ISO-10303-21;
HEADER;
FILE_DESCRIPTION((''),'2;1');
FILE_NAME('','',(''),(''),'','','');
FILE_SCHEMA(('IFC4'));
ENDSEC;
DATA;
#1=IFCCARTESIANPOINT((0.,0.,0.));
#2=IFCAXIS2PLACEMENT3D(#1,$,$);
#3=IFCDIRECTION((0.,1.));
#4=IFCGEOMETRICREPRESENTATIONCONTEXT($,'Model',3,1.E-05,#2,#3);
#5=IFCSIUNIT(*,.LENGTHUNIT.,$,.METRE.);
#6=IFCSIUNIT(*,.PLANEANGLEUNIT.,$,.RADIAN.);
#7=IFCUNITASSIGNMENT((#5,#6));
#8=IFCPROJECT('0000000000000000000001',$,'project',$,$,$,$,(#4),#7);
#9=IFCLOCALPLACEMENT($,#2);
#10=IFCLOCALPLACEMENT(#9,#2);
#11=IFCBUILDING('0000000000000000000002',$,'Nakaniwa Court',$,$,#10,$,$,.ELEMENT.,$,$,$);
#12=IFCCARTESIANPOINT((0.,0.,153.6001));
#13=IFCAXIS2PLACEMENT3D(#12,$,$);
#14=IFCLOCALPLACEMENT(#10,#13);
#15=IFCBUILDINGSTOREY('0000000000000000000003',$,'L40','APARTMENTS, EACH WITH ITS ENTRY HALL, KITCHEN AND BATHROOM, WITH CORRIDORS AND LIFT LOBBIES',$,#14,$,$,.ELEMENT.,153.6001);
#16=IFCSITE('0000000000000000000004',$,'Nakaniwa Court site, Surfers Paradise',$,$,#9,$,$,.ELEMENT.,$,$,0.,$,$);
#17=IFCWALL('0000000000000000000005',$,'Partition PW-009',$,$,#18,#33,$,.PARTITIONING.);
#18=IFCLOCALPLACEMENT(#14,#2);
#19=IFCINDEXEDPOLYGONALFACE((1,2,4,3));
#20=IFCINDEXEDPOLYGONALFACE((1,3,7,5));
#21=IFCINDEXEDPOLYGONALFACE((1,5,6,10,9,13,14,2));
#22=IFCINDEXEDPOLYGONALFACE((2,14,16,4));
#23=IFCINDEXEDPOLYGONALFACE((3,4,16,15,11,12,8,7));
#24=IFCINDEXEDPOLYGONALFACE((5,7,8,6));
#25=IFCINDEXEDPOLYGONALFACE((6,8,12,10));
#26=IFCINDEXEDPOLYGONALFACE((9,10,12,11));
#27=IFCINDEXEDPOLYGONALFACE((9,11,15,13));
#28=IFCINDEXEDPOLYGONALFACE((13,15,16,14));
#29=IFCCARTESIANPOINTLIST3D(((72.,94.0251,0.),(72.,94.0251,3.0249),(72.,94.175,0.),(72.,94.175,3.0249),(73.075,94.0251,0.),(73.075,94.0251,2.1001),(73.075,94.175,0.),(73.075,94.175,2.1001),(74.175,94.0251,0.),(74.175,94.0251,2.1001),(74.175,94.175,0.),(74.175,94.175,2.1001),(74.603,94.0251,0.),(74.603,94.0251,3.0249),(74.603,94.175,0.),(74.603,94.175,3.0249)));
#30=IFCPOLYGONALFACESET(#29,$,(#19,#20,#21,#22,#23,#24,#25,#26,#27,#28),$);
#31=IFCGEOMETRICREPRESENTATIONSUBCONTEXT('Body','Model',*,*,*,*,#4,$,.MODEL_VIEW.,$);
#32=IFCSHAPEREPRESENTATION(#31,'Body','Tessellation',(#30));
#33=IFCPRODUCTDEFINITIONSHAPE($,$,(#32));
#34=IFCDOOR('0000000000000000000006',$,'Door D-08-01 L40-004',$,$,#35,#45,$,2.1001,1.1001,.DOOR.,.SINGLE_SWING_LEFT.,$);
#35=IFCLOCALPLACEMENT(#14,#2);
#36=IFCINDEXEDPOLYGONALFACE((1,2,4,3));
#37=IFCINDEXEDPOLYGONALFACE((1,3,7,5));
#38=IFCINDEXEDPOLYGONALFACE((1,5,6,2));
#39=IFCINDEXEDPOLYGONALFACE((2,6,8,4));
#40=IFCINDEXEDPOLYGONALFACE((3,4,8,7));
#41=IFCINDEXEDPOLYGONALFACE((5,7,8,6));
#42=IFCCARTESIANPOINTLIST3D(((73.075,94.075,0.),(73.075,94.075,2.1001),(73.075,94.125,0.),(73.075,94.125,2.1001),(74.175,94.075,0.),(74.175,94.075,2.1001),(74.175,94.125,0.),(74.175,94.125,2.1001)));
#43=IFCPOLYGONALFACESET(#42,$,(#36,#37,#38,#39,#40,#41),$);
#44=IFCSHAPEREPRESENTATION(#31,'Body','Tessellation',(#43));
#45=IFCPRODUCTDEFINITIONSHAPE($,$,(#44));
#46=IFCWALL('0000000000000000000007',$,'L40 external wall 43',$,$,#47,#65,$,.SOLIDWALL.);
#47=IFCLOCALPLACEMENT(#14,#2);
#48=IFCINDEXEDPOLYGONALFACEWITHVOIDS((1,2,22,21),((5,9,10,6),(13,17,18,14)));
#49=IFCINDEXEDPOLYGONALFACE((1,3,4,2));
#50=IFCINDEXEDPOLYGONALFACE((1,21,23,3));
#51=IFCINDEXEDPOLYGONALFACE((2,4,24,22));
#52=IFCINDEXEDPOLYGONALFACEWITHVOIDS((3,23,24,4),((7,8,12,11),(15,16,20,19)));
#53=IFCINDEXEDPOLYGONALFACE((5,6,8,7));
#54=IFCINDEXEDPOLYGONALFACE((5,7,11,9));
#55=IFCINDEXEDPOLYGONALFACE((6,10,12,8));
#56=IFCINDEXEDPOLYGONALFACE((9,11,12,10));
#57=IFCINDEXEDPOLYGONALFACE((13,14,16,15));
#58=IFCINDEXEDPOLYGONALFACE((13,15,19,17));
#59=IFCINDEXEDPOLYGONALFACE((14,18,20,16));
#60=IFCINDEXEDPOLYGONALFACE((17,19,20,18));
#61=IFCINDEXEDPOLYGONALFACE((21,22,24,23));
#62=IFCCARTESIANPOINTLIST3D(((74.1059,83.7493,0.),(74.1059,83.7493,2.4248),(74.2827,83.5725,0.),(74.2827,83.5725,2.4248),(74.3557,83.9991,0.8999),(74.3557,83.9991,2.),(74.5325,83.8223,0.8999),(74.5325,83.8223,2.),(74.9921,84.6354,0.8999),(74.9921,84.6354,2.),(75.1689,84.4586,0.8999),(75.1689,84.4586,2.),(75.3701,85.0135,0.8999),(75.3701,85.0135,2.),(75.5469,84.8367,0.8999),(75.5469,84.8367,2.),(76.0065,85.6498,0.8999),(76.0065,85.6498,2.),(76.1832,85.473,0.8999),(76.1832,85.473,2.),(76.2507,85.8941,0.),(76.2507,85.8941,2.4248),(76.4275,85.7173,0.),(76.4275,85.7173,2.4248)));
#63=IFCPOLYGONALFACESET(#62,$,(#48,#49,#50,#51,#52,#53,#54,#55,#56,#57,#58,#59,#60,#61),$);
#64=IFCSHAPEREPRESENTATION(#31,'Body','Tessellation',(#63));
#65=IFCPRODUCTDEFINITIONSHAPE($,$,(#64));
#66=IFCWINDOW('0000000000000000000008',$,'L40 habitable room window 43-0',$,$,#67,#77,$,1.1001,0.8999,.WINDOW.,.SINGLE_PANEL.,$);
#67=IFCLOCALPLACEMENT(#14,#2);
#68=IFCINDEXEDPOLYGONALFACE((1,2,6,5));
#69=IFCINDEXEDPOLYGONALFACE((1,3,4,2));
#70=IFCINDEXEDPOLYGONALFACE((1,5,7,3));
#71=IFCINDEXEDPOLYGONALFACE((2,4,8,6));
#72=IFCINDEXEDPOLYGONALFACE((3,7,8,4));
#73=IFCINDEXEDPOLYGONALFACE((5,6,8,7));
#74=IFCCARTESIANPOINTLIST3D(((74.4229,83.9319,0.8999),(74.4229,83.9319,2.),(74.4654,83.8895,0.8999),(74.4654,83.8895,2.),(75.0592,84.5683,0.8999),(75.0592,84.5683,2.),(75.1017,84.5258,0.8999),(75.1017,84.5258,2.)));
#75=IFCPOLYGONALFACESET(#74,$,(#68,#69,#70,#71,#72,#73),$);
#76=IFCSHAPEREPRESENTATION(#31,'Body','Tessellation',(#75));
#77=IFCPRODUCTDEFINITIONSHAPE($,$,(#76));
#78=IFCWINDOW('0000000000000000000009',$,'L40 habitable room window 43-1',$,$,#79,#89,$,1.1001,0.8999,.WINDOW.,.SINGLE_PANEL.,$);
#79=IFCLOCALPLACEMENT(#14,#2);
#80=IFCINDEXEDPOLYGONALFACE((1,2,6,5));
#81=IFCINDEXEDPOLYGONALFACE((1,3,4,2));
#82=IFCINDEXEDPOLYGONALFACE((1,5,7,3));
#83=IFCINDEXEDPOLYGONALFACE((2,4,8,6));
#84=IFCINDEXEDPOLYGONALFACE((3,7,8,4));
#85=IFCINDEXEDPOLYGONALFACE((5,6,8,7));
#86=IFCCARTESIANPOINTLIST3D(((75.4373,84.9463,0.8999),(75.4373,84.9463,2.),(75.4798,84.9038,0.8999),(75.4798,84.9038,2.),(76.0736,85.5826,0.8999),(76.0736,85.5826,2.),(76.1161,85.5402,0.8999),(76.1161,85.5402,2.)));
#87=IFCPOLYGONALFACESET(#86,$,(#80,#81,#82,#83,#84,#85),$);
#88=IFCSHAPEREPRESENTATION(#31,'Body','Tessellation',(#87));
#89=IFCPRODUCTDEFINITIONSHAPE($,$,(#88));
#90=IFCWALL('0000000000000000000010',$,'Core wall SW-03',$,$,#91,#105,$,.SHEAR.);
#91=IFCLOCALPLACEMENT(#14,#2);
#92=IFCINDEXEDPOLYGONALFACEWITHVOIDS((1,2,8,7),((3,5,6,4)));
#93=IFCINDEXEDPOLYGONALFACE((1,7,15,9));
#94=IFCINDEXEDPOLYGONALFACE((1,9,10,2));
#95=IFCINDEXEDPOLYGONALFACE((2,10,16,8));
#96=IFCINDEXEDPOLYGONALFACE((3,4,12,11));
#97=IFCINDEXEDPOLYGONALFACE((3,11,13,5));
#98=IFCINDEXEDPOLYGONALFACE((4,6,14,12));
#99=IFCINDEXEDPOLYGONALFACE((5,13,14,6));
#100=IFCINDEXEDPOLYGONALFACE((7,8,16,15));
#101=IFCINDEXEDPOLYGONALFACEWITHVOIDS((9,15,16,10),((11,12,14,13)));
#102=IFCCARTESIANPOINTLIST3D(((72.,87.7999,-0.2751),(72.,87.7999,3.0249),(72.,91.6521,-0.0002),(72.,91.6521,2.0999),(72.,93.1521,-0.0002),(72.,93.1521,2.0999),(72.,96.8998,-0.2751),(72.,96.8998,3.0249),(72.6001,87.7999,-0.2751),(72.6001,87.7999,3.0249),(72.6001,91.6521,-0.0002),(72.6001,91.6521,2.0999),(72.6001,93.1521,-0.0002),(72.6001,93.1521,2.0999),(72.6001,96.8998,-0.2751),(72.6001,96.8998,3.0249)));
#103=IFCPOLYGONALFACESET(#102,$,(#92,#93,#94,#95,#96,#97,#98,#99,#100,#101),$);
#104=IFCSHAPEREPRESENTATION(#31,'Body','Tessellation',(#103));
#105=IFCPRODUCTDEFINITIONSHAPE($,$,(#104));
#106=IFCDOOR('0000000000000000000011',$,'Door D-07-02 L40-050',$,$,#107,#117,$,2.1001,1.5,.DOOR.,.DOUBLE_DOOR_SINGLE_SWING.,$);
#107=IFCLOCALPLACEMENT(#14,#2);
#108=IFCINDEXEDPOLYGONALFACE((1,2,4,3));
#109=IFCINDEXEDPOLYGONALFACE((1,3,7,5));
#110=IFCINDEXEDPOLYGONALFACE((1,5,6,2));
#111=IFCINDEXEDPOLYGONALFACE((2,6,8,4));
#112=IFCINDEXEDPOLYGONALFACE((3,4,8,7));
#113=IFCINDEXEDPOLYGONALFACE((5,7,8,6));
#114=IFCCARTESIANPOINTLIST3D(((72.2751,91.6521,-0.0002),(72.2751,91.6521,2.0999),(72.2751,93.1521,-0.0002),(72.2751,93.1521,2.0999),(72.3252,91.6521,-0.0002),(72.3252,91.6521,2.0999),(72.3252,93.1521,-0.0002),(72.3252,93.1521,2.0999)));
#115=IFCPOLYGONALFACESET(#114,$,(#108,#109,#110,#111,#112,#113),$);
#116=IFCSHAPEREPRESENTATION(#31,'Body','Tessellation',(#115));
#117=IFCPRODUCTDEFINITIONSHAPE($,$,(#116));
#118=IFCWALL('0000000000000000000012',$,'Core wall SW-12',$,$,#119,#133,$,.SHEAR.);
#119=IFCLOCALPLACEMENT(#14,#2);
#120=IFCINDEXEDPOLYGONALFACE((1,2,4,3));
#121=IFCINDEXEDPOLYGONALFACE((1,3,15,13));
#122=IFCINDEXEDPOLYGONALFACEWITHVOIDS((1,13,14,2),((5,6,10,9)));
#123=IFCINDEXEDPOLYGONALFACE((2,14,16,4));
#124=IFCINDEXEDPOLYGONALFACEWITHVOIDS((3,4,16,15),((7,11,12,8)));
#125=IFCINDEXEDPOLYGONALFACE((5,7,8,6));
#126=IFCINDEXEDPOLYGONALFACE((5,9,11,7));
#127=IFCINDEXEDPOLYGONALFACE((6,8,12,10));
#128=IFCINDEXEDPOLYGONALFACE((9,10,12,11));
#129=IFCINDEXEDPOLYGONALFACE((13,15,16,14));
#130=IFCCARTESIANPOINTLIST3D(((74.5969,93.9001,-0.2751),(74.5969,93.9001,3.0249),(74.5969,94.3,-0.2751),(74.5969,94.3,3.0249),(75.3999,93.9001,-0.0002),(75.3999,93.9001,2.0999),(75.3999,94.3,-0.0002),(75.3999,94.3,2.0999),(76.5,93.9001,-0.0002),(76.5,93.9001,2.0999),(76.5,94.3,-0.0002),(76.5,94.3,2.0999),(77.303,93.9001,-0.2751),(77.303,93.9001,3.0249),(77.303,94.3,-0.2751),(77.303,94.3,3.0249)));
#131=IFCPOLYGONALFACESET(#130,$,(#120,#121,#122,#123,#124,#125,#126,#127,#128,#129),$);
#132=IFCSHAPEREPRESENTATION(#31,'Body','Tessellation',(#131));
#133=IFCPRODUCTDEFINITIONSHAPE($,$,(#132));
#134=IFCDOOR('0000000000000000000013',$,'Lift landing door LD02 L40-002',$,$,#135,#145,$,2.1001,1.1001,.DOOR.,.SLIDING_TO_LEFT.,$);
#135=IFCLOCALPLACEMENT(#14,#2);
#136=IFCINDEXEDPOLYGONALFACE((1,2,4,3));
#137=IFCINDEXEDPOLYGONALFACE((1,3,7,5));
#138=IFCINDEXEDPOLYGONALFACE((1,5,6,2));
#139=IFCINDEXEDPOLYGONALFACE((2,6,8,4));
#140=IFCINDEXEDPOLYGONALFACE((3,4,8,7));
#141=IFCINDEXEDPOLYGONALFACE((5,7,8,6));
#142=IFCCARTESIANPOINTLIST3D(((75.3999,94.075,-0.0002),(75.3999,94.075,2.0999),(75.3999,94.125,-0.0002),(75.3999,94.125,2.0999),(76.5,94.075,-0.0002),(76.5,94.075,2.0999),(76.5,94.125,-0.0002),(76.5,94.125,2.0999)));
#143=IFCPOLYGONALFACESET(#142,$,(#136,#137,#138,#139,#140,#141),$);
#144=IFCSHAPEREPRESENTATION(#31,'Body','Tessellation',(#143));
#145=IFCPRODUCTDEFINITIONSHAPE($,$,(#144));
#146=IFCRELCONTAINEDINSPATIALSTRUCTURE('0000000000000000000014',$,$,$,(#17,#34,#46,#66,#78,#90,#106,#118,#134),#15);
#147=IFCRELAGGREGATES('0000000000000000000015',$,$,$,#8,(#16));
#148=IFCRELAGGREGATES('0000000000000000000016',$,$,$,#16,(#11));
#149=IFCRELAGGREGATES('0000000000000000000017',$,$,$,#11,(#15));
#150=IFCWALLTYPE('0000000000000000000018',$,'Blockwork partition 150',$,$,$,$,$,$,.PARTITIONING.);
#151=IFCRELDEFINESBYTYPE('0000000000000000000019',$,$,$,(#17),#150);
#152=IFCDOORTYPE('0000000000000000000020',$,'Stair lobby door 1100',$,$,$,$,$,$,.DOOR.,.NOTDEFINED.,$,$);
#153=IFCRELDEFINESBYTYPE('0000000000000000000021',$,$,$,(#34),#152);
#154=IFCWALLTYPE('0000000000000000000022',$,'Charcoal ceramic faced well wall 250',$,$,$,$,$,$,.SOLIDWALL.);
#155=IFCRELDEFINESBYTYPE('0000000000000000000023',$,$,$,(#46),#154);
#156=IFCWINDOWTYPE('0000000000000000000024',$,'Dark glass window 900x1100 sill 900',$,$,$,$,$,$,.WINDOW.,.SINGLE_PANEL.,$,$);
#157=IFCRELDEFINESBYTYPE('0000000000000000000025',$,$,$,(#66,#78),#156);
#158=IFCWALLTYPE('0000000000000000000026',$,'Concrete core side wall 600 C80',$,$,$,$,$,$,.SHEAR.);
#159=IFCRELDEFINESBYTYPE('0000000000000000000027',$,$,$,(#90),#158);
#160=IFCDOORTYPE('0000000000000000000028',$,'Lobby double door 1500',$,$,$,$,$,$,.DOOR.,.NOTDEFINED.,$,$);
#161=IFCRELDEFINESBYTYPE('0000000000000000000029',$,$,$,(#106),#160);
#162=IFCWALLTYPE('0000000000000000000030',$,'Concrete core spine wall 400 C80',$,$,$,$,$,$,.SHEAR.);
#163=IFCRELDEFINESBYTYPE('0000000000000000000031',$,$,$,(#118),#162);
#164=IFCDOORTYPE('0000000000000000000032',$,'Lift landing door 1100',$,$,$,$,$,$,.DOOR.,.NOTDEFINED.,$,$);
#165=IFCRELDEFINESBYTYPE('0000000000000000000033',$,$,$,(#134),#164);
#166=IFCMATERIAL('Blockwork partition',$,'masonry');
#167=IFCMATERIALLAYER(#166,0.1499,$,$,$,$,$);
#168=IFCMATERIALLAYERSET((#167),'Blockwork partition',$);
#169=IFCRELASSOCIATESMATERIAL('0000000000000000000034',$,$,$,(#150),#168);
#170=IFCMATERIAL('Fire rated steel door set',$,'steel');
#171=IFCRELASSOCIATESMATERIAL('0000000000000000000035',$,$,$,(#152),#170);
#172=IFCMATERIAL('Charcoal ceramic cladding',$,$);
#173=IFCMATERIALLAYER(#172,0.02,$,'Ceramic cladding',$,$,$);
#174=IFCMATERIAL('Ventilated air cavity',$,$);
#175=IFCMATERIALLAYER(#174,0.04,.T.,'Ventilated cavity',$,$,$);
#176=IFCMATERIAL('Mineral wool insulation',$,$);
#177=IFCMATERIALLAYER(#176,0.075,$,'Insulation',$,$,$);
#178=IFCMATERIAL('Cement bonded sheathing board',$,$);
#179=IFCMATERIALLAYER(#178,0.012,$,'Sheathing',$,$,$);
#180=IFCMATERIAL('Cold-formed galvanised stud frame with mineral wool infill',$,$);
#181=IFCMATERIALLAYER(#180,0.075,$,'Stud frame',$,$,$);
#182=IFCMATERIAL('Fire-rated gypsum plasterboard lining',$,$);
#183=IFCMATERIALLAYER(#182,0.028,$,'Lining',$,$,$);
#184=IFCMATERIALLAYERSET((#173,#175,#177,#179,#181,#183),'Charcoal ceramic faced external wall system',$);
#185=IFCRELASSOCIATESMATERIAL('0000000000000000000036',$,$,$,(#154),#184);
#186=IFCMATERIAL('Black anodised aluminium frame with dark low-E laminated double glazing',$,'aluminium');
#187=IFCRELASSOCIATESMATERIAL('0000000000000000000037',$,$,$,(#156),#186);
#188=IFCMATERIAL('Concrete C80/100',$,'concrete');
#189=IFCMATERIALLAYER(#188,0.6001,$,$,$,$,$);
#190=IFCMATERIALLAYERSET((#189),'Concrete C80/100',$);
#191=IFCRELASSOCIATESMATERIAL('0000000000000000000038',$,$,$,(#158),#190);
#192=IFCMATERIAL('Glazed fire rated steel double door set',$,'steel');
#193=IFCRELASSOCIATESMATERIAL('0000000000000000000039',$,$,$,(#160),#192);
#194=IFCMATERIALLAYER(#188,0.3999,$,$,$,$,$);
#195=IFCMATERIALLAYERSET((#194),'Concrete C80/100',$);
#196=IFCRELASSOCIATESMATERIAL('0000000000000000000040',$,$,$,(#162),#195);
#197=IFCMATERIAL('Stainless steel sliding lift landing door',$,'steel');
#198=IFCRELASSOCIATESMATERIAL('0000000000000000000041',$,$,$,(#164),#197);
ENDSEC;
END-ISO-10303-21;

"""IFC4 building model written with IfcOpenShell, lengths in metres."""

from ifc_helpers import new_model, si_unit, direction, frame, frame_2d, origin, place, context, subcontext, project, spatial, rectangle, extrude, material, layer, layer_set, type_object, element, fill, save


model = new_model("IFC4")

# Units and contexts
model_context = context("Model", 3, precision=1e-05, world=origin(), true_north=direction((0.0, 1.0)))
body_context = subcontext(model_context, "Body", "Model", "MODEL_VIEW")
ifc_project = project(units=[si_unit("LENGTHUNIT", "METRE"), si_unit("PLANEANGLEUNIT", "RADIAN")], contexts=[model_context])

# Site, building, storey
site_placement = place(None, origin())
site = spatial("IfcSite", under=ifc_project, at=site_placement, Name="Nakaniwa Court site, Surfers Paradise", CompositionType="ELEMENT", RefElevation=0.0)
building_placement = place(site_placement, origin())
building = spatial("IfcBuilding", under=site, at=building_placement, Name="Nakaniwa Court", CompositionType="ELEMENT")
storey_placement = place(building_placement, frame((0.0, 0.0, 153.6001)))
storey = spatial("IfcBuildingStorey", under=building, at=storey_placement, Name="L40", Description="APARTMENTS, EACH WITH ITS ENTRY HALL, KITCHEN AND BATHROOM, WITH CORRIDORS AND LIFT LOBBIES", CompositionType="ELEMENT", Elevation=153.6001)

# Shared definitions
ifc_material_1 = material(Name="Concrete C80/100", Category="concrete")

# Shared definitions
ifc_material_2 = material(Name="Blockwork partition", Category="masonry")
ifc_layer_1 = layer(ifc_material_2, 0.1499)
ifc_layer_set_1 = layer_set([ifc_layer_1], Name="Blockwork partition")
wall_type_1 = type_object("IfcWallType", Name="Blockwork partition 150", PredefinedType="PARTITIONING", material=ifc_layer_set_1)

# Wall, opening, door
wall_1_placement = place(storey_placement, frame((72.0, 94.1001, 0.0), z_axis=(0.0, 0.0, 1.0), x_axis=(1.0, 0.0, 0.0)))
wall_1 = element("IfcWall", 1, at=wall_1_placement, inside=storey, type_object=wall_type_1, Name="Partition PW-009", PredefinedType="PARTITIONING", context=body_context, shape_type="SweptSolid", body=[
    extrude(rectangle(XDim=2.603, YDim=0.1499, at=frame_2d((1.3015, 0.0))), origin(), (0.0, 0.0, 1.0), 3.0249),
])
opening_1_placement = place(wall_1_placement, frame((1.075, 0.0, 0.0)))
opening_1 = element("IfcOpeningElement", 2, at=opening_1_placement, cuts=wall_1, PredefinedType="OPENING", context=body_context, shape_type="SweptSolid", body=[
    extrude(rectangle(XDim=1.1001, YDim=2.1001, at=frame_2d((0.55, 1.05))), frame((0.0, 0.085, 0.0), z_axis=(0.0, -1.0, 0.0), x_axis=(1.0, 0.0, 0.0)), (0.0, 0.0, 1.0), 0.1699),
])
ifc_material_3 = material(Name="Fire rated steel door set", Category="steel")
door_type_1 = type_object("IfcDoorType", Name="Stair lobby door 1100", OperationType="NOTDEFINED", PredefinedType="DOOR", material=ifc_material_3)
door_1_placement = place(opening_1_placement, origin())
door_1 = element("IfcDoor", 3, at=door_1_placement, inside=storey, type_object=door_type_1, Name="Door D-08-01 L40-004", OperationType="SINGLE_SWING_LEFT", OverallHeight=2.1001, OverallWidth=1.1001, PredefinedType="DOOR", context=body_context, shape_type="SweptSolid", body=[
    extrude(rectangle(XDim=1.1001, YDim=2.1001, at=frame_2d((0.55, 1.05))), frame((0.0, 0.0249, 0.0), z_axis=(0.0, -1.0, 0.0), x_axis=(1.0, 0.0, 0.0)), (0.0, 0.0, 1.0), 0.05),
])
fill(opening_1, door_1)

# Wall, openings, windows
ifc_material_4 = material(Name="Charcoal ceramic cladding")
ifc_layer_2 = layer(ifc_material_4, 0.02, Name="Ceramic cladding")
ifc_material_5 = material(Name="Ventilated air cavity")
ifc_layer_3 = layer(ifc_material_5, 0.04, ventilated=True, Name="Ventilated cavity")
ifc_material_6 = material(Name="Mineral wool insulation")
ifc_layer_4 = layer(ifc_material_6, 0.075, Name="Insulation")
ifc_material_7 = material(Name="Cement bonded sheathing board")
ifc_layer_5 = layer(ifc_material_7, 0.012, Name="Sheathing")
ifc_material_8 = material(Name="Cold-formed galvanised stud frame with mineral wool infill")
ifc_layer_6 = layer(ifc_material_8, 0.075, Name="Stud frame")
ifc_material_9 = material(Name="Fire-rated gypsum plasterboard lining")
ifc_layer_7 = layer(ifc_material_9, 0.028, Name="Lining")
ifc_layer_set_2 = layer_set([ifc_layer_2, ifc_layer_3, ifc_layer_4, ifc_layer_5, ifc_layer_6, ifc_layer_7], Name="Charcoal ceramic faced external wall system")
wall_type_2 = type_object("IfcWallType", Name="Charcoal ceramic faced well wall 250", PredefinedType="SOLIDWALL", material=ifc_layer_set_2)
wall_2_placement = place(storey_placement, frame((74.1943, 83.6609, 0.0), z_axis=(0.0, 0.0, 1.0), x_axis=(0.707107, 0.707107, 0.0)))
wall_2 = element("IfcWall", 4, at=wall_2_placement, inside=storey, type_object=wall_type_2, Name="L40 external wall 43", PredefinedType="SOLIDWALL", context=body_context, shape_type="SweptSolid", body=[
    extrude(rectangle(XDim=3.0332, YDim=0.25, at=frame_2d((1.5166, 0.0))), origin(), (0.0, 0.0, 1.0), 2.4248),
])
opening_2_placement = place(wall_2_placement, frame((0.3533, 0.0, 0.8999)))
opening_2 = element("IfcOpeningElement", 5, at=opening_2_placement, cuts=wall_2, PredefinedType="OPENING", context=body_context, shape_type="SweptSolid", body=[
    extrude(rectangle(XDim=0.8999, YDim=1.1001, at=frame_2d((0.45, 0.55))), frame((0.0, 0.135, 0.0), z_axis=(0.0, -1.0, 0.0), x_axis=(1.0, 0.0, 0.0)), (0.0, 0.0, 1.0), 0.27),
])
opening_3_placement = place(wall_2_placement, frame((1.7878, 0.0, 0.8999)))
opening_3 = element("IfcOpeningElement", 6, at=opening_3_placement, cuts=wall_2, PredefinedType="OPENING", context=body_context, shape_type="SweptSolid", body=[
    extrude(rectangle(XDim=0.8999, YDim=1.1001, at=frame_2d((0.45, 0.55))), frame((0.0, 0.135, 0.0), z_axis=(0.0, -1.0, 0.0), x_axis=(1.0, 0.0, 0.0)), (0.0, 0.0, 1.0), 0.27),
])
ifc_material_10 = material(Name="Black anodised aluminium frame with dark low-E laminated double glazing", Category="aluminium")
window_type = type_object("IfcWindowType", Name="Dark glass window 900x1100 sill 900", PartitioningType="SINGLE_PANEL", PredefinedType="WINDOW", material=ifc_material_10)
window_1_placement = place(opening_2_placement, origin())
window_1 = element("IfcWindow", 7, at=window_1_placement, inside=storey, type_object=window_type, Name="L40 habitable room window 43-0", OverallHeight=1.1001, OverallWidth=0.8999, PartitioningType="SINGLE_PANEL", PredefinedType="WINDOW", context=body_context, shape_type="SweptSolid", body=[
    extrude(rectangle(XDim=0.8999, YDim=1.1001, at=frame_2d((0.45, 0.55))), frame((0.0, 0.03, 0.0), z_axis=(0.0, -1.0, 0.0), x_axis=(1.0, 0.0, 0.0)), (0.0, 0.0, 1.0), 0.0601),
])
fill(opening_2, window_1)
window_2_placement = place(opening_3_placement, origin())
window_2 = element("IfcWindow", 8, at=window_2_placement, inside=storey, type_object=window_type, Name="L40 habitable room window 43-1", OverallHeight=1.1001, OverallWidth=0.8999, PartitioningType="SINGLE_PANEL", PredefinedType="WINDOW", context=body_context, shape_type="SweptSolid", body=[
    extrude(rectangle(XDim=0.8999, YDim=1.1001, at=frame_2d((0.45, 0.55))), frame((0.0, 0.03, 0.0), z_axis=(0.0, -1.0, 0.0), x_axis=(1.0, 0.0, 0.0)), (0.0, 0.0, 1.0), 0.0601),
])
fill(opening_3, window_2)

# Walls, openings, doors
ifc_layer_8 = layer(ifc_material_1, 0.6001)
ifc_layer_set_3 = layer_set([ifc_layer_8], Name="Concrete C80/100")
wall_type_3 = type_object("IfcWallType", Name="Concrete core side wall 600 C80", PredefinedType="SHEAR", material=ifc_layer_set_3)
wall_3_placement = place(storey_placement, frame((72.3, 87.8, -0.2751), z_axis=(0.0, 0.0, 1.0), x_axis=(0.0, 1.0, 0.0)))
wall_3 = element("IfcWall", 9, at=wall_3_placement, inside=storey, type_object=wall_type_3, Name="Core wall SW-03", PredefinedType="SHEAR", context=body_context, shape_type="SweptSolid", body=[
    extrude(rectangle(XDim=9.0999, YDim=0.6001, at=frame_2d((4.5498, 0.0))), origin(), (0.0, 0.0, 1.0), 3.3),
])
opening_4_placement = place(wall_3_placement, frame((3.8521, 0.0, 0.2749)))
opening_4 = element("IfcOpeningElement", 10, at=opening_4_placement, cuts=wall_3, PredefinedType="OPENING", context=body_context, shape_type="SweptSolid", body=[
    extrude(rectangle(XDim=1.5, YDim=2.1001, at=frame_2d((0.75, 1.05))), frame((0.0, 0.3101, 0.0), z_axis=(0.0, -1.0, 0.0), x_axis=(1.0, 0.0, 0.0)), (0.0, 0.0, 1.0), 0.6201),
])
ifc_material_11 = material(Name="Glazed fire rated steel double door set", Category="steel")
door_type_2 = type_object("IfcDoorType", Name="Lobby double door 1500", OperationType="NOTDEFINED", PredefinedType="DOOR", material=ifc_material_11)
door_2_placement = place(opening_4_placement, origin())
door_2 = element("IfcDoor", 11, at=door_2_placement, inside=storey, type_object=door_type_2, Name="Door D-07-02 L40-050", OperationType="DOUBLE_DOOR_SINGLE_SWING", OverallHeight=2.1001, OverallWidth=1.5, PredefinedType="DOOR", context=body_context, shape_type="SweptSolid", body=[
    extrude(rectangle(XDim=1.5, YDim=2.1001, at=frame_2d((0.75, 1.05))), frame((0.0, 0.0249, 0.0), z_axis=(0.0, -1.0, 0.0), x_axis=(1.0, 0.0, 0.0)), (0.0, 0.0, 1.0), 0.05),
])
fill(opening_4, door_2)
ifc_layer_9 = layer(ifc_material_1, 0.3999)
ifc_layer_set_4 = layer_set([ifc_layer_9], Name="Concrete C80/100")
wall_type_4 = type_object("IfcWallType", Name="Concrete core spine wall 400 C80", PredefinedType="SHEAR", material=ifc_layer_set_4)
wall_4_placement = place(storey_placement, frame((74.5969, 94.1001, -0.2751), z_axis=(0.0, 0.0, 1.0), x_axis=(1.0, 0.0, 0.0)))
wall_4 = element("IfcWall", 12, at=wall_4_placement, inside=storey, type_object=wall_type_4, Name="Core wall SW-12", PredefinedType="SHEAR", context=body_context, shape_type="SweptSolid", body=[
    extrude(rectangle(XDim=2.7061, YDim=0.3999, at=frame_2d((1.353, 0.0))), origin(), (0.0, 0.0, 1.0), 3.3),
])
opening_5_placement = place(wall_4_placement, frame((0.803, 0.0, 0.2749)))
opening_5 = element("IfcOpeningElement", 13, at=opening_5_placement, cuts=wall_4, PredefinedType="OPENING", context=body_context, shape_type="SweptSolid", body=[
    extrude(rectangle(XDim=1.1001, YDim=2.1001, at=frame_2d((0.55, 1.05))), frame((0.0, 0.21, 0.0), z_axis=(0.0, -1.0, 0.0), x_axis=(1.0, 0.0, 0.0)), (0.0, 0.0, 1.0), 0.4199),
])
ifc_material_12 = material(Name="Stainless steel sliding lift landing door", Category="steel")
door_type_3 = type_object("IfcDoorType", Name="Lift landing door 1100", OperationType="NOTDEFINED", PredefinedType="DOOR", material=ifc_material_12)
door_3_placement = place(opening_5_placement, origin())
door_3 = element("IfcDoor", 14, at=door_3_placement, inside=storey, type_object=door_type_3, Name="Lift landing door LD02 L40-002", OperationType="SLIDING_TO_LEFT", OverallHeight=2.1001, OverallWidth=1.1001, PredefinedType="DOOR", context=body_context, shape_type="SweptSolid", body=[
    extrude(rectangle(XDim=1.1001, YDim=2.1001, at=frame_2d((0.55, 1.05))), frame((0.0, 0.0249, 0.0), z_axis=(0.0, -1.0, 0.0), x_axis=(1.0, 0.0, 0.0)), (0.0, 0.0, 1.0), 0.05),
])
fill(opening_5, door_3)

save(model, "model.ifc")
